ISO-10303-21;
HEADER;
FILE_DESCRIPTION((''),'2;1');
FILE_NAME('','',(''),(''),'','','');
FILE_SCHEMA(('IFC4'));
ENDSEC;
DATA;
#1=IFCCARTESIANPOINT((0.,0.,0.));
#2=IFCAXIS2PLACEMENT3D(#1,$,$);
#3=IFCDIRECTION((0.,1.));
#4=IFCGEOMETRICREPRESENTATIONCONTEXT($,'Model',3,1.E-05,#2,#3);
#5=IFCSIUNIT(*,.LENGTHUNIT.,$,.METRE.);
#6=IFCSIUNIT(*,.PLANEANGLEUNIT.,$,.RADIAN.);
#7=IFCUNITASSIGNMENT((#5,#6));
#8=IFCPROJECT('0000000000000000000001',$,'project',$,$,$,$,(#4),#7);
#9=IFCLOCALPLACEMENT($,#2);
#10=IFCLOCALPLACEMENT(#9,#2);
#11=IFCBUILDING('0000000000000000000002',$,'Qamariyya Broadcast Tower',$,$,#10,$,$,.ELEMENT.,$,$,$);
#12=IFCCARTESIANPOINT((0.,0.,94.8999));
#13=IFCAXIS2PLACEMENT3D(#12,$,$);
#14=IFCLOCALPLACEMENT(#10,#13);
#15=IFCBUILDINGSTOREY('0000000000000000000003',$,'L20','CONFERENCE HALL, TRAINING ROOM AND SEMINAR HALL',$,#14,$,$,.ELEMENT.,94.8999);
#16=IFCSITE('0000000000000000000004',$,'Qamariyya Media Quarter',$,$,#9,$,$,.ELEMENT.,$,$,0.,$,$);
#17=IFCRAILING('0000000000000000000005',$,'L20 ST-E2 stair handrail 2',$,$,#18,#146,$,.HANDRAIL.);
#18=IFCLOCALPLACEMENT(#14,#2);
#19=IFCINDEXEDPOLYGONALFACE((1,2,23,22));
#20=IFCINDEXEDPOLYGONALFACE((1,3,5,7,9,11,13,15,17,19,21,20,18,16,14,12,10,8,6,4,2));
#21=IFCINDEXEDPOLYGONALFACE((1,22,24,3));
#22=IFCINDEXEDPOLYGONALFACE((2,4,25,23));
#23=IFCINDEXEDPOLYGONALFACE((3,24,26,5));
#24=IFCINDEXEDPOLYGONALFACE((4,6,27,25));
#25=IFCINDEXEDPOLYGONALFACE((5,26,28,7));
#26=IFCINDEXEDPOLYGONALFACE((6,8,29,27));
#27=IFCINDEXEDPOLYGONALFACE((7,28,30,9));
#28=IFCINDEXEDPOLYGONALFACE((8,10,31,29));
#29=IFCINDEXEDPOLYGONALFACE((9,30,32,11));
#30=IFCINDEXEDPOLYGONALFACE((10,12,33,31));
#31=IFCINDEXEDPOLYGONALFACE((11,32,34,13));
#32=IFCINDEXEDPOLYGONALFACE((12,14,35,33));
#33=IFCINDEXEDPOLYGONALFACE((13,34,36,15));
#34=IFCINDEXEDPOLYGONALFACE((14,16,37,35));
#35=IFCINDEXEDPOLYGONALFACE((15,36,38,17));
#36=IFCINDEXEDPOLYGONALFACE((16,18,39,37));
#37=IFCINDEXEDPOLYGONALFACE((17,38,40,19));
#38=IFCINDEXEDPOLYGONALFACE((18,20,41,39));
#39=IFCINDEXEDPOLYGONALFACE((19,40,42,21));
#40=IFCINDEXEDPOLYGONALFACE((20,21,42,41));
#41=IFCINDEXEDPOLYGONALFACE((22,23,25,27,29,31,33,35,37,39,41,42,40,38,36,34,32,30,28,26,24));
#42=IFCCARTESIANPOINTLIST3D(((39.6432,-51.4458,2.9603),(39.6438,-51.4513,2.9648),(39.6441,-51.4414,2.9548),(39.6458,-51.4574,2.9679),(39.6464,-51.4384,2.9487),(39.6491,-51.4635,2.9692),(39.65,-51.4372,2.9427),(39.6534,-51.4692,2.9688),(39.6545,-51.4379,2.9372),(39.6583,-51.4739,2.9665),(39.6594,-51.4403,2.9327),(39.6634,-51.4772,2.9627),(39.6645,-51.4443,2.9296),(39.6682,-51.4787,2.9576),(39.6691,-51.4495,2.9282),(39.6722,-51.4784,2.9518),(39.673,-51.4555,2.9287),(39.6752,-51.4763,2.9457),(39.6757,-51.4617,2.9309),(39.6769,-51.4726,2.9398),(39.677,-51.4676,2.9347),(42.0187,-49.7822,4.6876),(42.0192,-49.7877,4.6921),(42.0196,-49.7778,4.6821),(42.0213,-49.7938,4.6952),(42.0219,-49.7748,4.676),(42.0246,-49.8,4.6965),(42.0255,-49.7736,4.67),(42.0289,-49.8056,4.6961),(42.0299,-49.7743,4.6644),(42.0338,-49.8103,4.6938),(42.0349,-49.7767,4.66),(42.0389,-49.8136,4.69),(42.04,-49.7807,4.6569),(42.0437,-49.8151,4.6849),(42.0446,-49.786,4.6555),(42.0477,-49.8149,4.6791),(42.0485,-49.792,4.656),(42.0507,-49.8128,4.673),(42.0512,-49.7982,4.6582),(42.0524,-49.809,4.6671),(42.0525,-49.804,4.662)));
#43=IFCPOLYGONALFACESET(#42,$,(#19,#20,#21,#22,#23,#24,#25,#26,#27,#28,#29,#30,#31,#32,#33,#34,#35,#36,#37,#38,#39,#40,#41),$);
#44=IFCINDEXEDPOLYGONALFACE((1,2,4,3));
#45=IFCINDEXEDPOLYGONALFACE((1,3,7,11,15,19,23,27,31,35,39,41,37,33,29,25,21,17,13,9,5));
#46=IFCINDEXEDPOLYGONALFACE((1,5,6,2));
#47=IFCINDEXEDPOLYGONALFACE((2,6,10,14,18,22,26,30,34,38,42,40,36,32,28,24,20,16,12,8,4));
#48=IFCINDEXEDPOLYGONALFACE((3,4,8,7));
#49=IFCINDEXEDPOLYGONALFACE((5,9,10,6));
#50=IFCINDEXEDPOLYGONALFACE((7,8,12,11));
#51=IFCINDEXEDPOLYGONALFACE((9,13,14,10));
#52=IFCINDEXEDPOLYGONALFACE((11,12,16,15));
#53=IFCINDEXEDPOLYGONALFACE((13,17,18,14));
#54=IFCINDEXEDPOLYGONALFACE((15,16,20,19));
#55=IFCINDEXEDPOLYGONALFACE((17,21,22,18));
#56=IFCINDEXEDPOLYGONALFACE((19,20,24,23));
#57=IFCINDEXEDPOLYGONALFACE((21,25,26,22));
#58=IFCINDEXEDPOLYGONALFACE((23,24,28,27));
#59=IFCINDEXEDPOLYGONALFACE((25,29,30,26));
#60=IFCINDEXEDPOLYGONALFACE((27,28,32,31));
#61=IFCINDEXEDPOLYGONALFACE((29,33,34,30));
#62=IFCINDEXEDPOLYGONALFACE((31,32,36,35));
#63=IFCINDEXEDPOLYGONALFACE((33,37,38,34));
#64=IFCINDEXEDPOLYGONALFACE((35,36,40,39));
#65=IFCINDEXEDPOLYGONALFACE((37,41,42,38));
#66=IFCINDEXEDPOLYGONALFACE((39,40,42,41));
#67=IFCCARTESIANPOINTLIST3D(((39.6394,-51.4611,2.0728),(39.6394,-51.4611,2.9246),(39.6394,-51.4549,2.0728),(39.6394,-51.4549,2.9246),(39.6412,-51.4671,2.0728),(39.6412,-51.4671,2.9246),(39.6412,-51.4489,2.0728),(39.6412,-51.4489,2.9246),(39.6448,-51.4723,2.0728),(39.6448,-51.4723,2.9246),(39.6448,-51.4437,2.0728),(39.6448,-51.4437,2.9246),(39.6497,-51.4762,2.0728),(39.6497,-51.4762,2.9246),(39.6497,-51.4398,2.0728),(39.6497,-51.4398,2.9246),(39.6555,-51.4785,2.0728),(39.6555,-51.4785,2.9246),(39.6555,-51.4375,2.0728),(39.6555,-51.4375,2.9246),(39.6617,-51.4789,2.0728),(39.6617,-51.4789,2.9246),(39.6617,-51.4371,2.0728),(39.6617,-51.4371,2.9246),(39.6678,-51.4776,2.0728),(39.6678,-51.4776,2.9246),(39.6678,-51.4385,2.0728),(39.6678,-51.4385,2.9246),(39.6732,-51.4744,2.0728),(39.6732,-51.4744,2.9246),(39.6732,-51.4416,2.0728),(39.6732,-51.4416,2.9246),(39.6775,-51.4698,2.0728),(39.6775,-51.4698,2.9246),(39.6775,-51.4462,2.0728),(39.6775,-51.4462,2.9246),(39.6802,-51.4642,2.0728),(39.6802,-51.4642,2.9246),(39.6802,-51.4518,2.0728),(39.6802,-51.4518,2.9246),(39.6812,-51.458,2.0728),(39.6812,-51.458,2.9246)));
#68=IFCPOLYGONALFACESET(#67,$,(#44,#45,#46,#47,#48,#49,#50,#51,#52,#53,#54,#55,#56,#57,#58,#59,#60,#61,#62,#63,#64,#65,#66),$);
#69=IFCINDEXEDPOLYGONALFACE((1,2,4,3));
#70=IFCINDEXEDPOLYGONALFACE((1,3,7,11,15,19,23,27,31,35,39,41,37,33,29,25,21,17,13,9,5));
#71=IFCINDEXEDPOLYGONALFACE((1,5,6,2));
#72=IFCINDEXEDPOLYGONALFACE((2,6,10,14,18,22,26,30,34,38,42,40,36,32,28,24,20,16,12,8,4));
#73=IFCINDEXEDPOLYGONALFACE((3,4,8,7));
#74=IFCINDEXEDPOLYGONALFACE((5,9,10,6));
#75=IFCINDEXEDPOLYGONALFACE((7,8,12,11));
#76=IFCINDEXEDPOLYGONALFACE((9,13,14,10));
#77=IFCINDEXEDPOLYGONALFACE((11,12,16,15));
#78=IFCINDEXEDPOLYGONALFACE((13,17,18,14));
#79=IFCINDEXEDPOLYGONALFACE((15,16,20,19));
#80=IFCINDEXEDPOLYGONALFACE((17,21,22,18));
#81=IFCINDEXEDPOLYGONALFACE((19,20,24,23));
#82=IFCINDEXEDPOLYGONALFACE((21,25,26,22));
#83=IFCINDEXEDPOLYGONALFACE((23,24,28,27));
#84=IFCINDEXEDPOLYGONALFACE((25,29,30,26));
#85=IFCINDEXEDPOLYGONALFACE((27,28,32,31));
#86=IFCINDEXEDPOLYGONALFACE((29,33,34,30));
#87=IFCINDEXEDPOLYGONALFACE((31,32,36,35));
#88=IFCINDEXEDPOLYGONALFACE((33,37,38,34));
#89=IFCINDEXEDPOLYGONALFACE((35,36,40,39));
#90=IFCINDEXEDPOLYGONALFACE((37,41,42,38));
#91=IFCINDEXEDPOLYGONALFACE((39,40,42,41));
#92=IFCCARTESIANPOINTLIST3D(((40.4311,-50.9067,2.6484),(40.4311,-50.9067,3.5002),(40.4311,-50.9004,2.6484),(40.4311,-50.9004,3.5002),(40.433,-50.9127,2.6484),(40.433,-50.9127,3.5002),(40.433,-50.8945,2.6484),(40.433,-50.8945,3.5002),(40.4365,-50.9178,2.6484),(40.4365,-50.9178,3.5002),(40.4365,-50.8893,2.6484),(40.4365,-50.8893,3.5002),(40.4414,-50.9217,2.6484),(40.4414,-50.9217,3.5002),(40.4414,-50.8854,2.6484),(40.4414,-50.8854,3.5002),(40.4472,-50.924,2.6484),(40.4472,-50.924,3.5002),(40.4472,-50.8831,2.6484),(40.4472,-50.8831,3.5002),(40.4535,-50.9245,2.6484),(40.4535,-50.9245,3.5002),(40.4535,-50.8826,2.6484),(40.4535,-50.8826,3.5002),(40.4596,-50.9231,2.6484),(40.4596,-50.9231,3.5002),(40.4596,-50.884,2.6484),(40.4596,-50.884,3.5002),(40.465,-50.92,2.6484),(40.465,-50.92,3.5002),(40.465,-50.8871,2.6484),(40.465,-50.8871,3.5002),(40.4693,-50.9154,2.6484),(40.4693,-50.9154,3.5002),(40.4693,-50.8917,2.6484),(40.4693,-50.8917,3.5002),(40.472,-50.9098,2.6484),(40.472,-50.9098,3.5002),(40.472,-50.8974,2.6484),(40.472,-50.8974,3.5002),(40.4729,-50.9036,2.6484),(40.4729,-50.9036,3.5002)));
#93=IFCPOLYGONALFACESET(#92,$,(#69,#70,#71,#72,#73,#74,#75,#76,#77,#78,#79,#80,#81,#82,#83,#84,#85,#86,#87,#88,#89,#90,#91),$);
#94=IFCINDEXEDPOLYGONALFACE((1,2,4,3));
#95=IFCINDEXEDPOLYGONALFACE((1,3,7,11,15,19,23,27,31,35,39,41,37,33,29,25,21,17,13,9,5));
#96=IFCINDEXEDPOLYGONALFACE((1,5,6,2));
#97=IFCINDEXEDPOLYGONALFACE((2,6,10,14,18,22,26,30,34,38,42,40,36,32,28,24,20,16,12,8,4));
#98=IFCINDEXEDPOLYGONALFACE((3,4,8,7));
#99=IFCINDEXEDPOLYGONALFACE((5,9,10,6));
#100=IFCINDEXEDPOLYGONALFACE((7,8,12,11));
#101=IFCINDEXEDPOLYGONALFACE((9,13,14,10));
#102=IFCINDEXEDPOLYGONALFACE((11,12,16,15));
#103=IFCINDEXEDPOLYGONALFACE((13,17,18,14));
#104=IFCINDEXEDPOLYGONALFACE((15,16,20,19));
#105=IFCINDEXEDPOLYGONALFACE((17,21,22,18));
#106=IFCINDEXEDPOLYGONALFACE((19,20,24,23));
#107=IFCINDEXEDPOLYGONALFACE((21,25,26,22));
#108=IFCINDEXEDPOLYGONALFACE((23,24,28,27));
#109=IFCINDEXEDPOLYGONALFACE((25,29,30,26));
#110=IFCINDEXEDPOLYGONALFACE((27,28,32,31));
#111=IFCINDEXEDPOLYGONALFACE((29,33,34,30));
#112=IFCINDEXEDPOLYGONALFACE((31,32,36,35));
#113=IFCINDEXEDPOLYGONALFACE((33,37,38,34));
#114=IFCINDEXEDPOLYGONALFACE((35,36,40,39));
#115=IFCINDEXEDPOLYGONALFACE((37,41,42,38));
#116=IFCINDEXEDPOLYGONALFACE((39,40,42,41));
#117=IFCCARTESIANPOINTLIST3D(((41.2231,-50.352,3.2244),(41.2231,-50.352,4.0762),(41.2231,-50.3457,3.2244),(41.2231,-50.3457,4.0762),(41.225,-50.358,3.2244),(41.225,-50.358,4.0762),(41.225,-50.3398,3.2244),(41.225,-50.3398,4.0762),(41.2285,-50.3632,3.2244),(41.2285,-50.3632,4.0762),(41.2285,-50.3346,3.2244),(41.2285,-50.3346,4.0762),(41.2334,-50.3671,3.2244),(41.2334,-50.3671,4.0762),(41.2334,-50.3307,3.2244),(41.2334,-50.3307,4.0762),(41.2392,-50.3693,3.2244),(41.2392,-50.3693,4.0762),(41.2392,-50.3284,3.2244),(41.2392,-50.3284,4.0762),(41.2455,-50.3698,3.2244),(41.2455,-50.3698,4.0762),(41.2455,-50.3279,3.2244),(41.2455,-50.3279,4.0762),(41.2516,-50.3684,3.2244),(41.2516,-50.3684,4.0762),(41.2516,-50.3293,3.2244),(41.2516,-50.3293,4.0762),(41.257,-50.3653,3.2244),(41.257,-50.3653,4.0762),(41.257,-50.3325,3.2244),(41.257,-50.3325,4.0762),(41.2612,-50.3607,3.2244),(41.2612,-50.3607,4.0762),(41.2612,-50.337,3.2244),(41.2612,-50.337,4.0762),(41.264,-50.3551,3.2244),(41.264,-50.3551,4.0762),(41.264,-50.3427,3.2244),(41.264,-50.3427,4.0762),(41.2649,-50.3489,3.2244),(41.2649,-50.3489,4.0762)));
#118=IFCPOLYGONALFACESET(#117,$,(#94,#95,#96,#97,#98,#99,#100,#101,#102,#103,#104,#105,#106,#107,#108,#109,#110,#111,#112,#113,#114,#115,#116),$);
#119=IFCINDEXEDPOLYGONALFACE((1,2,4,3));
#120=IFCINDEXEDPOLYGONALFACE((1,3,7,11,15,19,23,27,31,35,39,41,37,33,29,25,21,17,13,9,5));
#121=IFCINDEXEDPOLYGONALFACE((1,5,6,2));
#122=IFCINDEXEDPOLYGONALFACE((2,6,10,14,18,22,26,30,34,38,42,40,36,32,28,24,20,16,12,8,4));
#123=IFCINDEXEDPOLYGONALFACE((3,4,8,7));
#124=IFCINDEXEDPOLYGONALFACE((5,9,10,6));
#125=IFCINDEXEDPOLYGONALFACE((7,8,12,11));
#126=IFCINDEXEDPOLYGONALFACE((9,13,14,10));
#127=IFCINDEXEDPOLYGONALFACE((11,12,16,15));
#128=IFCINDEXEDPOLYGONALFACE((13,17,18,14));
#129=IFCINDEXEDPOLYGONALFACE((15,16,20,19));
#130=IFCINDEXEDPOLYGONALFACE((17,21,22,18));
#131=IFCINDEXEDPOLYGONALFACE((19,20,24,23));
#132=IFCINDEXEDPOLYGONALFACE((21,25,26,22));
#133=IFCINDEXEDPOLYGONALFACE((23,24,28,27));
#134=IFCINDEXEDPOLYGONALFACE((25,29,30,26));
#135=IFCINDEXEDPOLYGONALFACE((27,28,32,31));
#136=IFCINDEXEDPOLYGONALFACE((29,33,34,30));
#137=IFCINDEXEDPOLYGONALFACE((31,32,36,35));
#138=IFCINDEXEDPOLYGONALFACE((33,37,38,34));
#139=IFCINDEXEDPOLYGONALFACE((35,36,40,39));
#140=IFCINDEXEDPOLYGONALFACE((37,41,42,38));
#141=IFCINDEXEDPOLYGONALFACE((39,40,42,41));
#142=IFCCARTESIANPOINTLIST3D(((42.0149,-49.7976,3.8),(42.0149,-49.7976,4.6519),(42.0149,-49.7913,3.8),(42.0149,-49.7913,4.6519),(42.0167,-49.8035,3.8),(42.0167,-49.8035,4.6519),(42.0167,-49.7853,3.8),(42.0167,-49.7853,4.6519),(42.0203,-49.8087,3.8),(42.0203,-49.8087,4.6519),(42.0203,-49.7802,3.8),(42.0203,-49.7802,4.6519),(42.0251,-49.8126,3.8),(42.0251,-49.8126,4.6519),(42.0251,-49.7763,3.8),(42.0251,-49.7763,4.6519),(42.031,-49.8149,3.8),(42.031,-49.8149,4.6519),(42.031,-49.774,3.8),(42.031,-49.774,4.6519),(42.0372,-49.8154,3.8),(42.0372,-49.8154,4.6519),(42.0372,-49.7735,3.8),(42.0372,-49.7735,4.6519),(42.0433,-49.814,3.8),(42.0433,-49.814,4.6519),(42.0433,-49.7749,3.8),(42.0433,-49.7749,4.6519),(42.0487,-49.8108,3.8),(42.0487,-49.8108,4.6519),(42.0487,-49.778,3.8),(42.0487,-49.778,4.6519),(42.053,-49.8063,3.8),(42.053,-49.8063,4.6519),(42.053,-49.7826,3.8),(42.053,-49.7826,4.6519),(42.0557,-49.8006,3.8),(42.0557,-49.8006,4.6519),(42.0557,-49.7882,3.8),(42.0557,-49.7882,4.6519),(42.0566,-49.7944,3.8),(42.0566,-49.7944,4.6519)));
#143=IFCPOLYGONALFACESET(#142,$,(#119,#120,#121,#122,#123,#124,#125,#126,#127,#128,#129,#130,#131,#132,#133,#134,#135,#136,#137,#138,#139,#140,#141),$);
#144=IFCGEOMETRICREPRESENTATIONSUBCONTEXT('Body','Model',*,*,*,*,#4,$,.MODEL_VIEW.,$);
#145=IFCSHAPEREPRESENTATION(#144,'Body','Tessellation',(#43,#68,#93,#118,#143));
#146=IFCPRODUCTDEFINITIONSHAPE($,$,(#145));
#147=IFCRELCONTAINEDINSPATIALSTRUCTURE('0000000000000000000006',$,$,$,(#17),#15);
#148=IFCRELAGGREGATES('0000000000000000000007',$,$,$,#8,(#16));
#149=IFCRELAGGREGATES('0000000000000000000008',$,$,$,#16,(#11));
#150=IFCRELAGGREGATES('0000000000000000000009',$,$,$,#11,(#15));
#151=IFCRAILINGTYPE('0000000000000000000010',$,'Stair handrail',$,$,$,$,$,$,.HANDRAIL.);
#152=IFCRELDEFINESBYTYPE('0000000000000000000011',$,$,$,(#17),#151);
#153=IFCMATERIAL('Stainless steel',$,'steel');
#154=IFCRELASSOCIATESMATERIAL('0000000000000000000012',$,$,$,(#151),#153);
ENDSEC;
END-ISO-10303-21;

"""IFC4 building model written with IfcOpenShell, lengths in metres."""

from ifc_helpers import new_model, si_unit, direction, frame, origin, origin_2d, place, context, subcontext, project, spatial, circle, extrude, material, type_object, element, save


model = new_model("IFC4")

# Units and contexts
model_context = context("Model", 3, precision=1e-05, world=origin(), true_north=direction((0.0, 1.0)))
body_context = subcontext(model_context, "Body", "Model", "MODEL_VIEW")
ifc_project = project(units=[si_unit("LENGTHUNIT", "METRE"), si_unit("PLANEANGLEUNIT", "RADIAN")], contexts=[model_context])

# Site, building, storey
site_placement = place(None, origin())
site = spatial("IfcSite", under=ifc_project, at=site_placement, Name="Qamariyya Media Quarter", CompositionType="ELEMENT", RefElevation=0.0)
building_placement = place(site_placement, origin())
building = spatial("IfcBuilding", under=site, at=building_placement, Name="Qamariyya Broadcast Tower", CompositionType="ELEMENT")
storey_placement = place(building_placement, frame((0.0, 0.0, 94.8999)))
storey = spatial("IfcBuildingStorey", under=building, at=storey_placement, Name="L20", Description="CONFERENCE HALL, TRAINING ROOM AND SEMINAR HALL", CompositionType="ELEMENT", Elevation=94.8999)

# Railing
ifc_material_1 = material(Name="Stainless steel", Category="steel")
railing_type_1 = type_object("IfcRailingType", Name="Stair handrail", PredefinedType="HANDRAIL", material=ifc_material_1)
railing_1_placement = place(storey_placement, frame((39.6602, -51.458, 2.0728)))
element("IfcRailing", 1, at=railing_1_placement, inside=storey, type_object=railing_type_1, Name="L20 ST-E2 stair handrail 2", PredefinedType="HANDRAIL", context=body_context, shape_type="SweptSolid", body=[
    extrude(circle(Radius=0.0239, at=origin_2d()), frame((0.0, 0.0, 0.876), z_axis=(0.703745, 0.492838, 0.511716), x_axis=(-0.573632, 0.819113, 0.0)), (0.0, 0.0, 1.0), 3.3755),
    extrude(circle(Radius=0.021, at=origin_2d()), origin(), (0.0, 0.0, 1.0), 0.8518),
    extrude(circle(Radius=0.021, at=origin_2d()), frame((0.7917, 0.5544, 0.5757)), (0.0, 0.0, 1.0), 0.8518),
    extrude(circle(Radius=0.021, at=origin_2d()), frame((1.5837, 1.1091, 1.1516)), (0.0, 0.0, 1.0), 0.8518),
    extrude(circle(Radius=0.021, at=origin_2d()), frame((2.3755, 1.6636, 1.7273)), (0.0, 0.0, 1.0), 0.8518),
])

save(model, "model.ifc")
